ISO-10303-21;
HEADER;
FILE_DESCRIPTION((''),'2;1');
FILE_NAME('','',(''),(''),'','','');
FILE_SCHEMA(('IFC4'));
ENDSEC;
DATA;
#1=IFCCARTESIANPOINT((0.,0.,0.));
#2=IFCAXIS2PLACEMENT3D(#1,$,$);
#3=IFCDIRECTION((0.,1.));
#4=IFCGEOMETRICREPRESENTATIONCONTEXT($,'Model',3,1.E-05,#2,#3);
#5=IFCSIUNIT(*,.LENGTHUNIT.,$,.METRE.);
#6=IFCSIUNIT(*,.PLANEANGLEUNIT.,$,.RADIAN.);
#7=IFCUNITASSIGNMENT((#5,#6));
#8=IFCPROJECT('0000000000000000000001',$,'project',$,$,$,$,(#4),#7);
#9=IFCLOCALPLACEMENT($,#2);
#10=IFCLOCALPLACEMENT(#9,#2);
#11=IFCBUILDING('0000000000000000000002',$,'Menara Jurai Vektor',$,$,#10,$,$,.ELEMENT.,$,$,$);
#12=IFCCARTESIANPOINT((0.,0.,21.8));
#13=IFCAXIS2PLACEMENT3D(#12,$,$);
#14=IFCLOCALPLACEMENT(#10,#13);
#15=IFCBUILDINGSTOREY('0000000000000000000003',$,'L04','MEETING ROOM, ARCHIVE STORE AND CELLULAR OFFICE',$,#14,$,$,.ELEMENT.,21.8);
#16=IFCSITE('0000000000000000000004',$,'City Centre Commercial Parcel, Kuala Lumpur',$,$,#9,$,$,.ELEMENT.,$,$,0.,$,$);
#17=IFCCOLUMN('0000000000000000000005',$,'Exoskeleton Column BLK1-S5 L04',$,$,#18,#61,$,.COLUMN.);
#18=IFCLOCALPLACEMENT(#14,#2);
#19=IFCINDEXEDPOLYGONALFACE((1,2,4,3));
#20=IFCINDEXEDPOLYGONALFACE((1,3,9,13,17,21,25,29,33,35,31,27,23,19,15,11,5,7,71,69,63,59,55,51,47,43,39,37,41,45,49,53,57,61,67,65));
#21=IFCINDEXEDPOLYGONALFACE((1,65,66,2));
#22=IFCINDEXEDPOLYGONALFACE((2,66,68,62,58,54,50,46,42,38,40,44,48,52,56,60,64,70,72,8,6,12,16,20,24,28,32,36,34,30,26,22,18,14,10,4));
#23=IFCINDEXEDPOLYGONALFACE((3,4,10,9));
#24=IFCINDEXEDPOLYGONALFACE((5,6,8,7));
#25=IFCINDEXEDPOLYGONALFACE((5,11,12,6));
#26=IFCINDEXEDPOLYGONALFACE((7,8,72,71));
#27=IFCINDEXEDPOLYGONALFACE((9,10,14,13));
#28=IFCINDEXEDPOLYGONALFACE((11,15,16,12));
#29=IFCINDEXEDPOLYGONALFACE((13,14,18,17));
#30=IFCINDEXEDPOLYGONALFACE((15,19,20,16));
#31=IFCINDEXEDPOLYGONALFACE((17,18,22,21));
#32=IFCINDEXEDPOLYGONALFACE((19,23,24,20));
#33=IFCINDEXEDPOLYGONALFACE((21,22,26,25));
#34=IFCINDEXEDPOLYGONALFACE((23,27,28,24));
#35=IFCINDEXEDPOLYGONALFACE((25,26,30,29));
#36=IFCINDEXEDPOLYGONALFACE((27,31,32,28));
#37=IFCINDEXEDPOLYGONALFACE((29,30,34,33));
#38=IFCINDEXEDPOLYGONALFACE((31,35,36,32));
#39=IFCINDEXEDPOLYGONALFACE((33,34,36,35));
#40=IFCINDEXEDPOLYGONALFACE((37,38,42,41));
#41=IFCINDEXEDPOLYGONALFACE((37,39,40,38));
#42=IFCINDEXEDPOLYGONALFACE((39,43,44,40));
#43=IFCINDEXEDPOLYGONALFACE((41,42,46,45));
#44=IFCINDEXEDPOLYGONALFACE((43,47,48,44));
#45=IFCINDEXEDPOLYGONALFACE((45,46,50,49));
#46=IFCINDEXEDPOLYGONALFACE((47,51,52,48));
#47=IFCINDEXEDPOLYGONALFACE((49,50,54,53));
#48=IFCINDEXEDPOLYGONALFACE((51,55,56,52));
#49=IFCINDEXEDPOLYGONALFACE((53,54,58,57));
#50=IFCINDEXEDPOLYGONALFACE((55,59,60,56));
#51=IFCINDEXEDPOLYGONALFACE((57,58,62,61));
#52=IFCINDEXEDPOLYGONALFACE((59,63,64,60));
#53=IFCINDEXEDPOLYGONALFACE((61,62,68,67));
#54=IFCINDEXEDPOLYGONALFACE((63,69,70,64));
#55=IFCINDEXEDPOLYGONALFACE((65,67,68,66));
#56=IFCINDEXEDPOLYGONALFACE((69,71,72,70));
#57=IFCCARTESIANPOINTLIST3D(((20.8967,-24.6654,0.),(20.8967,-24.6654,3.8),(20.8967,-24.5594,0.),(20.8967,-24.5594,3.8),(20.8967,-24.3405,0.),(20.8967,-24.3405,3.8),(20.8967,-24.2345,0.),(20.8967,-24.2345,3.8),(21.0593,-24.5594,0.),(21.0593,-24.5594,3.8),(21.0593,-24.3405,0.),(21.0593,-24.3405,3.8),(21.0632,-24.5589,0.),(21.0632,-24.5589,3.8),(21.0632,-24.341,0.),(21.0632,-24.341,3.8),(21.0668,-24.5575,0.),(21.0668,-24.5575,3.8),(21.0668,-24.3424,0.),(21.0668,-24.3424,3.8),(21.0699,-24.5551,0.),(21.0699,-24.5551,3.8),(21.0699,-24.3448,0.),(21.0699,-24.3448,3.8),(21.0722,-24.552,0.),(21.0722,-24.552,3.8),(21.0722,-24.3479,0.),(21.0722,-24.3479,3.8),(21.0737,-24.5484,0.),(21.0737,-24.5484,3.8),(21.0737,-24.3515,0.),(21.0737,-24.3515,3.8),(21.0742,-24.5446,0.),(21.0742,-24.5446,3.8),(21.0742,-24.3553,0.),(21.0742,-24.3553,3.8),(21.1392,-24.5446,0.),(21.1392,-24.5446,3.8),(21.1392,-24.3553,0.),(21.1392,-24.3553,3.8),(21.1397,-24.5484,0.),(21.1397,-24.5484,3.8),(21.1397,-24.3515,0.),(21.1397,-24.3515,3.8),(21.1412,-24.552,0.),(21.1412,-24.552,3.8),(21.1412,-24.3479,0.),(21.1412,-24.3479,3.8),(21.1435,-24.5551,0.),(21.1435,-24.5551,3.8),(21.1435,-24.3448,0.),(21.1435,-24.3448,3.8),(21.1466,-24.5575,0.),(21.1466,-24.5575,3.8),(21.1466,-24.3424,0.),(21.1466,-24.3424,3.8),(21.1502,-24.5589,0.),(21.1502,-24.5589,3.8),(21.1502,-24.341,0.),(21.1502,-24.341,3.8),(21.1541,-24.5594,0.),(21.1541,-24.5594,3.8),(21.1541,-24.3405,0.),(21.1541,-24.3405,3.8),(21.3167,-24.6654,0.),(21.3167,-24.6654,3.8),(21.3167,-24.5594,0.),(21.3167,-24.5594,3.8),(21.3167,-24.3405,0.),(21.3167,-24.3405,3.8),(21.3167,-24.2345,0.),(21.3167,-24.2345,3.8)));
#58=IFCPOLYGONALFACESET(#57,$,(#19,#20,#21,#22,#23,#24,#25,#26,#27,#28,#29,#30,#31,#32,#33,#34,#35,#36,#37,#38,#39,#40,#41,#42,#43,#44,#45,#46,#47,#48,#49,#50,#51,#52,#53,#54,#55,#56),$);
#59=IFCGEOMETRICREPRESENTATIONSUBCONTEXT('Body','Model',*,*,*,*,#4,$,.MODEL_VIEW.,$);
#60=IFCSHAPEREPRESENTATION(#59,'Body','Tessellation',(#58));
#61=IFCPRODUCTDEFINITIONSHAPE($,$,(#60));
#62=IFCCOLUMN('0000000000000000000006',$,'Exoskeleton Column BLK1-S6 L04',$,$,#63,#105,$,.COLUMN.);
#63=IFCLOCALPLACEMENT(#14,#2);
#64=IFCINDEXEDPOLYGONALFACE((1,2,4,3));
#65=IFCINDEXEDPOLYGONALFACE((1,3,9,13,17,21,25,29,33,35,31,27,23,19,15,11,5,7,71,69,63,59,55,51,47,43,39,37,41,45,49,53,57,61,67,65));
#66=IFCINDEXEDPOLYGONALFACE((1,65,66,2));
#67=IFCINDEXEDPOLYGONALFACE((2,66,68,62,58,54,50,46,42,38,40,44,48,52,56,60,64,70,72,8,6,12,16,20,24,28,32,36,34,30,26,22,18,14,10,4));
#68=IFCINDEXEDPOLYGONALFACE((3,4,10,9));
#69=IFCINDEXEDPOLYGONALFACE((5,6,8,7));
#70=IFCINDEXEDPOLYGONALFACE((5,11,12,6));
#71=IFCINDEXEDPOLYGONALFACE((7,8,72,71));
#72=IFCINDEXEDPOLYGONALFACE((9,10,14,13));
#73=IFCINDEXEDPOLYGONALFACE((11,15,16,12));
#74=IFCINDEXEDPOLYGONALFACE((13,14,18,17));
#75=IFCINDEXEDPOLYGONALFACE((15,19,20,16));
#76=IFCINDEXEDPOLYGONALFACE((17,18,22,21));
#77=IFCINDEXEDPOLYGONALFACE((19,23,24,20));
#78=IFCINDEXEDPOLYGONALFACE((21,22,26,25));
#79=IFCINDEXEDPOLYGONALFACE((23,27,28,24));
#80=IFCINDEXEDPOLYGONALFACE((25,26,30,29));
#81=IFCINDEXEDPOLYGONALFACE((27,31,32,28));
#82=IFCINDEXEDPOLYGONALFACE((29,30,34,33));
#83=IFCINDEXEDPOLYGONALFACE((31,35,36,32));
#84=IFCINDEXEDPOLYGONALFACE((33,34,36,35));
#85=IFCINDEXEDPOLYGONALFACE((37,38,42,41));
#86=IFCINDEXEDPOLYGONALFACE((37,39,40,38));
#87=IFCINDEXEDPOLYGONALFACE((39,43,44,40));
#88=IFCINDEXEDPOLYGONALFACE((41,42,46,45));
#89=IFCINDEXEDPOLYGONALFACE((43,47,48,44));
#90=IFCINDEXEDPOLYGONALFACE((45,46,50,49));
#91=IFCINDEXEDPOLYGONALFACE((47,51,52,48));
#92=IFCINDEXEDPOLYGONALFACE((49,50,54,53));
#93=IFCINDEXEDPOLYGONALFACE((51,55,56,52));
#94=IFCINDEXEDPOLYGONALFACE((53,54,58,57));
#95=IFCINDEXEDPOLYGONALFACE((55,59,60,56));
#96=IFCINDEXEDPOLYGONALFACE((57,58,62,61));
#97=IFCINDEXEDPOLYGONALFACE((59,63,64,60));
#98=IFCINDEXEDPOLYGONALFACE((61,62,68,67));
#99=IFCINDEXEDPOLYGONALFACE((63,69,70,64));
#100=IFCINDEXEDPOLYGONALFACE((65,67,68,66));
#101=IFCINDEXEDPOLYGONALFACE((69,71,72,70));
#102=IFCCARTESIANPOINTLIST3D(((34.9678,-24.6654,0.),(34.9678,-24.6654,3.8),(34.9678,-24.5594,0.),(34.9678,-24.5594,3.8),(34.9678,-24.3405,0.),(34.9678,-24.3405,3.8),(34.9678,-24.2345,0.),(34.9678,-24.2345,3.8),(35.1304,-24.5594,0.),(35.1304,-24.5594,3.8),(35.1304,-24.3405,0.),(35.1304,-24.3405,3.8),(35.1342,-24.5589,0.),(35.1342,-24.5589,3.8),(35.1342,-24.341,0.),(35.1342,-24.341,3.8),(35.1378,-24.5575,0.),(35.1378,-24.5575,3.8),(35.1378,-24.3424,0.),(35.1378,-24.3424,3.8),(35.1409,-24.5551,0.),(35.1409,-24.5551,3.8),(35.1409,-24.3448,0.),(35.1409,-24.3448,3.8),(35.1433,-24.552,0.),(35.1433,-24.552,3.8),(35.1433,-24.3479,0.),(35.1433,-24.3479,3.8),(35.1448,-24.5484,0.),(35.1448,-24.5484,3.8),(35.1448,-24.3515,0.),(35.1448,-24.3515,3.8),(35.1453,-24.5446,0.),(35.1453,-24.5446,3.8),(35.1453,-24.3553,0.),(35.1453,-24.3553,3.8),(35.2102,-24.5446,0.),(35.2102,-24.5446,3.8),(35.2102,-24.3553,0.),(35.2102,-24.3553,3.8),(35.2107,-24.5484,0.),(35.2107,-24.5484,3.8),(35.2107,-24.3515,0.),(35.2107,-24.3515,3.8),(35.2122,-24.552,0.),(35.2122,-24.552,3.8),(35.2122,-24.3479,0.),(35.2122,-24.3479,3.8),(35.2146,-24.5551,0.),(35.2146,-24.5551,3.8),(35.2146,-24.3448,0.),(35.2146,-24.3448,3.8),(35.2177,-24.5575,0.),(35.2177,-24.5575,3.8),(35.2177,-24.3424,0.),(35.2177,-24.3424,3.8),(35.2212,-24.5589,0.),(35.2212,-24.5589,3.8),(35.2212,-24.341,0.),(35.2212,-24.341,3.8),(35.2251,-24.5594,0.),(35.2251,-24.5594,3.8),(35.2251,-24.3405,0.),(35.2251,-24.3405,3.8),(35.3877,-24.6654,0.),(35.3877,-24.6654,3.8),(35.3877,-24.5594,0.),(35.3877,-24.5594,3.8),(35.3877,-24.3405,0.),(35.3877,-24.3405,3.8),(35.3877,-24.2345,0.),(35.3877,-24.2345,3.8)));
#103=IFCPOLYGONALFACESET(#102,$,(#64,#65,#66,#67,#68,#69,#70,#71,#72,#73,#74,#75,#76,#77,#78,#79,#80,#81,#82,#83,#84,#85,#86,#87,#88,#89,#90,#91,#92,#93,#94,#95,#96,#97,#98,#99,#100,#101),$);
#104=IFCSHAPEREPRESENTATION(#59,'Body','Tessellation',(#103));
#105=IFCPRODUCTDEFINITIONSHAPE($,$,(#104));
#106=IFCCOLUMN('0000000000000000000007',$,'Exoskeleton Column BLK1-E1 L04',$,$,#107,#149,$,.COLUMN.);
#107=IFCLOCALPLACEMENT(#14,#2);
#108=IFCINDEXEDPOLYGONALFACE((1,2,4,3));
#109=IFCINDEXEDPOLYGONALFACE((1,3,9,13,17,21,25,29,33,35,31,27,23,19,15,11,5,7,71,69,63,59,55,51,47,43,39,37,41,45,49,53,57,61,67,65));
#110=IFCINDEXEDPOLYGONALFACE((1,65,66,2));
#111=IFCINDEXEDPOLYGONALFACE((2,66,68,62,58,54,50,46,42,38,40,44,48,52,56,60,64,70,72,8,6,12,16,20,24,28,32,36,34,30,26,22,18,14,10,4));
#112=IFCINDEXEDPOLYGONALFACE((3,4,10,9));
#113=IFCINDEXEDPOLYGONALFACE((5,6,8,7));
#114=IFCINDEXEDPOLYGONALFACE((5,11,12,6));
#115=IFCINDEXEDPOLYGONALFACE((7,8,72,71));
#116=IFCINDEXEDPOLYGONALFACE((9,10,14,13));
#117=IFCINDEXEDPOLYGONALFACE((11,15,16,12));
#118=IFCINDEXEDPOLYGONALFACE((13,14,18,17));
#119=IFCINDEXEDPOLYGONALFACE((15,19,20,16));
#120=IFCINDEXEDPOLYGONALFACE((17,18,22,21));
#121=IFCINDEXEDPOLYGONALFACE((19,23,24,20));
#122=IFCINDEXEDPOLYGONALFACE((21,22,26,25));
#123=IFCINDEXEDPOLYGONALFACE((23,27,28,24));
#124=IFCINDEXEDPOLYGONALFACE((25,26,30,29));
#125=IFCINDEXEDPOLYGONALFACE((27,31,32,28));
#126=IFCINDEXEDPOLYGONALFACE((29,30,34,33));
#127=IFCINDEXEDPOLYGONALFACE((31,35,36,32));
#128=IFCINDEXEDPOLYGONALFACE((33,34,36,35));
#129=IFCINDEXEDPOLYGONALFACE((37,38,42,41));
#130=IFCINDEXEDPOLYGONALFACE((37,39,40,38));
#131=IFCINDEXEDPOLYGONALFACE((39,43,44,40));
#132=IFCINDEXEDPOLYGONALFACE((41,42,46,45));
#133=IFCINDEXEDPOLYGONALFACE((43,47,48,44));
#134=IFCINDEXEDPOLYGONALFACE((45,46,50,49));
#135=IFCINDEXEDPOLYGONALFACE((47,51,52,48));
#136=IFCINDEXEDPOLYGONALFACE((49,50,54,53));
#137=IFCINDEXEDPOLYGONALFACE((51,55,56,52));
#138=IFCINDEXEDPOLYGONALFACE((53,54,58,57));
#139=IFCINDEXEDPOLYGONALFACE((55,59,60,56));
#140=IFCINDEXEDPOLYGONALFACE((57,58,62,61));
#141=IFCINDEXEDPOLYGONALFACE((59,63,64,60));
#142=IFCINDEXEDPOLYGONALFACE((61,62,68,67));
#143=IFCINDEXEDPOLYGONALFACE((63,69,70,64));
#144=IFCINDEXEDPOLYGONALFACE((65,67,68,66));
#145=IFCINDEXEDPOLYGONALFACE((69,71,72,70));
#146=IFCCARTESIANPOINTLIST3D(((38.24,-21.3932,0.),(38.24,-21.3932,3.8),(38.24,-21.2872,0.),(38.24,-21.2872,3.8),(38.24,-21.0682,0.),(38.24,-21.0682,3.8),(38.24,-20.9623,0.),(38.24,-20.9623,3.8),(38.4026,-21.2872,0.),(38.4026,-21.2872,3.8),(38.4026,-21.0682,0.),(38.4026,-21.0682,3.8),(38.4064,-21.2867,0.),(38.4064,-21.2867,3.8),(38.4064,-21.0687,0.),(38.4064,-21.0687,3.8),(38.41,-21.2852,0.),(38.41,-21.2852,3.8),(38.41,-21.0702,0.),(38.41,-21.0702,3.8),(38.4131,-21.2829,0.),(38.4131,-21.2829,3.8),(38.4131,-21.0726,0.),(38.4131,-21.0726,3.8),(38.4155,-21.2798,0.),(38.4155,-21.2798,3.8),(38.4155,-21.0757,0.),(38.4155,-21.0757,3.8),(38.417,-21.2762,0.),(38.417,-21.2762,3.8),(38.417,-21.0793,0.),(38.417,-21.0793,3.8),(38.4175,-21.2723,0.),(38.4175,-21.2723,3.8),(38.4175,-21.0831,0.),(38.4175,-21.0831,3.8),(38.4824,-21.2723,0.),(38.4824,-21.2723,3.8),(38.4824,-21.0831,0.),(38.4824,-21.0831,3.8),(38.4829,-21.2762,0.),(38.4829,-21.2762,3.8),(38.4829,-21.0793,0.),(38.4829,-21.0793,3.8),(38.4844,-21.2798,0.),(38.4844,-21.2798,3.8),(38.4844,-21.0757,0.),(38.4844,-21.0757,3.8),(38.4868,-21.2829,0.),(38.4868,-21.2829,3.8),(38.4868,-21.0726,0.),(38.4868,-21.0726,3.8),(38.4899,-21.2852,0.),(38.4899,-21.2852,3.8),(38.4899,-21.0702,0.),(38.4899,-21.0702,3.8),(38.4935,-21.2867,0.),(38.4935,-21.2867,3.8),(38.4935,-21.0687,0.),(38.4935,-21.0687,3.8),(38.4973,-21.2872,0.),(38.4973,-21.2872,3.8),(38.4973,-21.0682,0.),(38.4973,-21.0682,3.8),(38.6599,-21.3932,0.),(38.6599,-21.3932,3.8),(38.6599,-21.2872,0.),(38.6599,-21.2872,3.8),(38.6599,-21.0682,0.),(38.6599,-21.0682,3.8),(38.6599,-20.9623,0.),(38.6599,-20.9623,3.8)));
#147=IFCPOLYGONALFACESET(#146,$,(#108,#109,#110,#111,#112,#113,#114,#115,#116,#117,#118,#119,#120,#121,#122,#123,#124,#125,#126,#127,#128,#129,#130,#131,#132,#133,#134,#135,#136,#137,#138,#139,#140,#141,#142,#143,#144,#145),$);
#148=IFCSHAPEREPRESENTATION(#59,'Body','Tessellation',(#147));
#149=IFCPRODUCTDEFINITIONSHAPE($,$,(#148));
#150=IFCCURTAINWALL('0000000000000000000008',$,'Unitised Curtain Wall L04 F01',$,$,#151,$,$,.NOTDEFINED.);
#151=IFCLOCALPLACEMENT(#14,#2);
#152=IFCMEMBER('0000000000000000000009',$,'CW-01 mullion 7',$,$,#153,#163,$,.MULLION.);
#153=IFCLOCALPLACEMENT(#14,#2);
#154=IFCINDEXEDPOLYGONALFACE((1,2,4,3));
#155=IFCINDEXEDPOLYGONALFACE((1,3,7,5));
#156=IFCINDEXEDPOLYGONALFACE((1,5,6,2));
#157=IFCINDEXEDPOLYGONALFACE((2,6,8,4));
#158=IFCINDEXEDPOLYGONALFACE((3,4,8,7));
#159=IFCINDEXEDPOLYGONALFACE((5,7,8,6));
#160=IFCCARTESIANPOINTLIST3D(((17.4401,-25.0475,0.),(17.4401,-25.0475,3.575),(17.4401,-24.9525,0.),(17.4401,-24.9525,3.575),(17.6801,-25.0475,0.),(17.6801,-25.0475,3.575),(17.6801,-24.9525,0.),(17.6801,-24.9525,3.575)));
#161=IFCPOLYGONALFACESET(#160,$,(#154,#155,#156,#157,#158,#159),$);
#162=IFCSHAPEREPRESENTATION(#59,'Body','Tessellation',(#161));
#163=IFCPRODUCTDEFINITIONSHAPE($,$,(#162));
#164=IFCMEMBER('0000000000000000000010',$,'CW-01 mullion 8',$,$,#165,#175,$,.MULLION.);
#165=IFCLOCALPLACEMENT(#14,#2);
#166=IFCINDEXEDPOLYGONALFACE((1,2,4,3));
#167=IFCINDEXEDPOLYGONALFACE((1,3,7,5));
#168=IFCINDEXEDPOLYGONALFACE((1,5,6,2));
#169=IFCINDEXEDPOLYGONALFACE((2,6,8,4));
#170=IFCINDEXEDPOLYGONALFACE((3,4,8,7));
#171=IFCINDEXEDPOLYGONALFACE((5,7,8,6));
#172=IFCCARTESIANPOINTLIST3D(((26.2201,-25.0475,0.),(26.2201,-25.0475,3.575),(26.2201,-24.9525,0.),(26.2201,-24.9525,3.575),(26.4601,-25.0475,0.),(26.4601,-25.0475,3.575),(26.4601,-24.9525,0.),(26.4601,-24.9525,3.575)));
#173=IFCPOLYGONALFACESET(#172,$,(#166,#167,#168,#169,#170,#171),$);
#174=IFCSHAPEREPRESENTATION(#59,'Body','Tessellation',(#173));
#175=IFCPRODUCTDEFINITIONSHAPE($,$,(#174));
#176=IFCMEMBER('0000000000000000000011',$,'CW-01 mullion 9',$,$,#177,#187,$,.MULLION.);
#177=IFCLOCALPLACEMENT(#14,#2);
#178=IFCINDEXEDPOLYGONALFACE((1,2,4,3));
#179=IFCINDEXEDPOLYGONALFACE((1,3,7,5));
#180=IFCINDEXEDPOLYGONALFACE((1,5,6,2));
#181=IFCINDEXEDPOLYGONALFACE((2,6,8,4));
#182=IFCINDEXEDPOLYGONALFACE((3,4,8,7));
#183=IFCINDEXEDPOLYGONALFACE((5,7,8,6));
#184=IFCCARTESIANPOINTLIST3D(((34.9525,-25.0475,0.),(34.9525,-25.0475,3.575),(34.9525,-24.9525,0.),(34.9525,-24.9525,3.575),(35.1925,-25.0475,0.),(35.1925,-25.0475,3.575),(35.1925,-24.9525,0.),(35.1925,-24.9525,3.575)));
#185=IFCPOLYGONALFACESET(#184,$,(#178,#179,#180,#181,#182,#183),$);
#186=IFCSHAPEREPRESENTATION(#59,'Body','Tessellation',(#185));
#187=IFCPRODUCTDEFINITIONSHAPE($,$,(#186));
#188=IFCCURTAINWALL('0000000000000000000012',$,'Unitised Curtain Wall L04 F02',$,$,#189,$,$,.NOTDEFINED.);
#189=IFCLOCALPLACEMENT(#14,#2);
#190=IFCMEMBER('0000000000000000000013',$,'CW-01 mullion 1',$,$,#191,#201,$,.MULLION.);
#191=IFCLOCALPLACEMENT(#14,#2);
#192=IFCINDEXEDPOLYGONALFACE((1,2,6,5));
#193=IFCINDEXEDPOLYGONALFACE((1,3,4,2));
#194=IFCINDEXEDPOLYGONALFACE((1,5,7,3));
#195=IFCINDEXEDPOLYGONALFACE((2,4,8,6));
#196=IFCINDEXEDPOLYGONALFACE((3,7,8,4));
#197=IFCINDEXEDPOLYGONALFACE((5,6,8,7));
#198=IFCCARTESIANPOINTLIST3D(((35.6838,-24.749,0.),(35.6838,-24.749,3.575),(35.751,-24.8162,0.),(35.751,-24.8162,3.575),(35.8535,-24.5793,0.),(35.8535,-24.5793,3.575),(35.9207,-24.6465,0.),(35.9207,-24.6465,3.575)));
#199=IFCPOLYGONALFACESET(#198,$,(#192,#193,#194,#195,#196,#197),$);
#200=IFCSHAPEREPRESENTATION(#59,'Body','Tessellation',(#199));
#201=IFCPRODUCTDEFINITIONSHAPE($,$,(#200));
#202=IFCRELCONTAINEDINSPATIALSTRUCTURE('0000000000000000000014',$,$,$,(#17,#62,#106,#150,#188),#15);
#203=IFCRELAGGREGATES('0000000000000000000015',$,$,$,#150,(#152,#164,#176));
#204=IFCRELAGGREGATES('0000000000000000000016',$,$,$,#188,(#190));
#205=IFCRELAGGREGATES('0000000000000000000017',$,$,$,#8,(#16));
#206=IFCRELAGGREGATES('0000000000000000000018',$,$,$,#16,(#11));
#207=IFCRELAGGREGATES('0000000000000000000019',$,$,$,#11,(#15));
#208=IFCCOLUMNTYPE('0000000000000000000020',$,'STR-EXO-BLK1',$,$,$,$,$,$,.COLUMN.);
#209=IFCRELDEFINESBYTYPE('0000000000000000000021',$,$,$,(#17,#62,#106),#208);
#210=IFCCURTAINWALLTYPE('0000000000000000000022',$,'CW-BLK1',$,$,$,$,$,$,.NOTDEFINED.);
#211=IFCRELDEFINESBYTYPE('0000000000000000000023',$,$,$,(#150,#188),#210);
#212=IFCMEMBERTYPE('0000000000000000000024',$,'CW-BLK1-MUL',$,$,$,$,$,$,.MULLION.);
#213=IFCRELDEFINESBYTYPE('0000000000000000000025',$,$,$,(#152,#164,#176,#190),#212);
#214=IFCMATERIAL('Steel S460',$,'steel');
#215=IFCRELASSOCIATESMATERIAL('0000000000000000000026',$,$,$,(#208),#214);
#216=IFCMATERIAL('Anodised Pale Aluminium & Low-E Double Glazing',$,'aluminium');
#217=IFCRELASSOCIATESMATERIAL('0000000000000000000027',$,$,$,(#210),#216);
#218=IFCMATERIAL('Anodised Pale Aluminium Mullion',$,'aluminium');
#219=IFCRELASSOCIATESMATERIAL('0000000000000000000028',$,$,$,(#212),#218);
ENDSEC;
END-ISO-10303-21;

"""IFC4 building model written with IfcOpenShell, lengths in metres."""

from ifc_helpers import new_model, si_unit, direction, frame, origin, origin_2d, place, context, subcontext, project, spatial, rectangle, i_section, extrude, material, material_profile, profile_set, type_object, element, aggregate, save


model = new_model("IFC4")

# Units and contexts
model_context = context("Model", 3, precision=1e-05, world=origin(), true_north=direction((0.0, 1.0)))
body_context = subcontext(model_context, "Body", "Model", "MODEL_VIEW")
ifc_project = project(units=[si_unit("LENGTHUNIT", "METRE"), si_unit("PLANEANGLEUNIT", "RADIAN")], contexts=[model_context])

# Site, building, storey
site_placement = place(None, origin())
site = spatial("IfcSite", under=ifc_project, at=site_placement, Name="City Centre Commercial Parcel, Kuala Lumpur", CompositionType="ELEMENT", RefElevation=0.0)
building_placement = place(site_placement, origin())
building = spatial("IfcBuilding", under=site, at=building_placement, Name="Menara Jurai Vektor", CompositionType="ELEMENT")
storey_placement = place(building_placement, frame((0.0, 0.0, 21.8)))
storey = spatial("IfcBuildingStorey", under=building, at=storey_placement, Name="L04", Description="MEETING ROOM, ARCHIVE STORE AND CELLULAR OFFICE", CompositionType="ELEMENT", Elevation=21.8)

# Columns
ifc_material_1 = material(Name="Steel S460", Category="steel")
ifc_material_profile_1 = material_profile(ifc_material_1, i_section(OverallWidth=0.4199, OverallDepth=0.4309, WebThickness=0.0649, FlangeThickness=0.106, FilletRadius=0.0149, at=origin_2d()), Name="HD 400x900")
ifc_profile_set_1 = profile_set([ifc_material_profile_1], Name="Steel S460")
column_type = type_object("IfcColumnType", Name="STR-EXO-BLK1", PredefinedType="COLUMN", material=ifc_profile_set_1)
for number, where, z_axis, x_axis, name in (
    (1, (21.1067, -24.45, 0.0), (0.0, 0.0, 1.0), (1.0, 0.0, 0.0), "Exoskeleton Column BLK1-S5 L04"),
    (2, (35.1777, -24.45, 0.0), (0.0, 0.0, 1.0), (1.0, 0.0, 0.0), "Exoskeleton Column BLK1-S6 L04"),
    (3, (38.45, -21.1777, 0.0), (0.0, 0.0, 1.0), (1.0, 0.0, 0.0), "Exoskeleton Column BLK1-E1 L04"),
):
    element("IfcColumn", number, at=place(storey_placement, frame(where, z_axis=z_axis, x_axis=x_axis)), inside=storey, type_object=column_type, Name=name, PredefinedType="COLUMN", context=body_context, shape_type="SweptSolid", body=[
        extrude(i_section(OverallWidth=0.4199, OverallDepth=0.4309, WebThickness=0.0649, FlangeThickness=0.106, FilletRadius=0.0149, at=origin_2d()), origin(), (0.0, 0.0, 1.0), 3.8),
    ])

# Curtain walls, members
ifc_material_2 = material(Name="Anodised Pale Aluminium & Low-E Double Glazing", Category="aluminium")
curtain_wall_type = type_object("IfcCurtainWallType", Name="CW-BLK1", PredefinedType="NOTDEFINED", material=ifc_material_2)
curtain_wall_1_placement = place(storey_placement, origin())
curtain_wall_1 = element("IfcCurtainWall", 4, at=curtain_wall_1_placement, inside=storey, type_object=curtain_wall_type, Name="Unitised Curtain Wall L04 F01", PredefinedType="NOTDEFINED")
ifc_material_3 = material(Name="Anodised Pale Aluminium Mullion", Category="aluminium")
ifc_material_profile_2 = material_profile(ifc_material_3, rectangle(XDim=0.095, YDim=0.24, at=origin_2d()), Name="ALU MUL 95x240")
ifc_profile_set_2 = profile_set([ifc_material_profile_2], Name="Anodised Pale Aluminium Mullion")
member_type_1 = type_object("IfcMemberType", Name="CW-BLK1-MUL", PredefinedType="MULLION", material=ifc_profile_set_2)
member_1_placement = place(storey_placement, frame((17.5601, -25.0, 0.0), z_axis=(0.0, 0.0, 1.0), x_axis=(0.0, 1.0, 0.0)))
member_1 = element("IfcMember", 5, at=member_1_placement, type_object=member_type_1, Name="CW-01 mullion 7", PredefinedType="MULLION", context=body_context, shape_type="SweptSolid", body=[
    extrude(rectangle(XDim=0.095, YDim=0.24, at=origin_2d()), origin(), (0.0, 0.0, 1.0), 3.575),
])
member_2_placement = place(storey_placement, frame((26.3401, -25.0, 0.0), z_axis=(0.0, 0.0, 1.0), x_axis=(0.0, 1.0, 0.0)))
member_2 = element("IfcMember", 6, at=member_2_placement, type_object=member_type_1, Name="CW-01 mullion 8", PredefinedType="MULLION", context=body_context, shape_type="SweptSolid", body=[
    extrude(rectangle(XDim=0.095, YDim=0.24, at=origin_2d()), origin(), (0.0, 0.0, 1.0), 3.575),
])
member_3_placement = place(storey_placement, frame((35.0725, -25.0, 0.0), z_axis=(0.0, 0.0, 1.0), x_axis=(0.0, 1.0, 0.0)))
member_3 = element("IfcMember", 7, at=member_3_placement, type_object=member_type_1, Name="CW-01 mullion 9", PredefinedType="MULLION", context=body_context, shape_type="SweptSolid", body=[
    extrude(rectangle(XDim=0.095, YDim=0.24, at=origin_2d()), origin(), (0.0, 0.0, 1.0), 3.575),
])
curtain_wall_2_placement = place(storey_placement, origin())
curtain_wall_2 = element("IfcCurtainWall", 8, at=curtain_wall_2_placement, inside=storey, type_object=curtain_wall_type, Name="Unitised Curtain Wall L04 F02", PredefinedType="NOTDEFINED")
member_4_placement = place(storey_placement, frame((35.8022, -24.6978, 0.0), z_axis=(0.0, 0.0, 1.0), x_axis=(-0.707107, 0.707107, 0.0)))
member_4 = element("IfcMember", 9, at=member_4_placement, type_object=member_type_1, Name="CW-01 mullion 1", PredefinedType="MULLION", context=body_context, shape_type="SweptSolid", body=[
    extrude(rectangle(XDim=0.095, YDim=0.24, at=origin_2d()), origin(), (0.0, 0.0, 1.0), 3.575),
])

aggregate(curtain_wall_1, [member_1, member_2, member_3])
aggregate(curtain_wall_2, [member_4])

save(model, "model.ifc")
